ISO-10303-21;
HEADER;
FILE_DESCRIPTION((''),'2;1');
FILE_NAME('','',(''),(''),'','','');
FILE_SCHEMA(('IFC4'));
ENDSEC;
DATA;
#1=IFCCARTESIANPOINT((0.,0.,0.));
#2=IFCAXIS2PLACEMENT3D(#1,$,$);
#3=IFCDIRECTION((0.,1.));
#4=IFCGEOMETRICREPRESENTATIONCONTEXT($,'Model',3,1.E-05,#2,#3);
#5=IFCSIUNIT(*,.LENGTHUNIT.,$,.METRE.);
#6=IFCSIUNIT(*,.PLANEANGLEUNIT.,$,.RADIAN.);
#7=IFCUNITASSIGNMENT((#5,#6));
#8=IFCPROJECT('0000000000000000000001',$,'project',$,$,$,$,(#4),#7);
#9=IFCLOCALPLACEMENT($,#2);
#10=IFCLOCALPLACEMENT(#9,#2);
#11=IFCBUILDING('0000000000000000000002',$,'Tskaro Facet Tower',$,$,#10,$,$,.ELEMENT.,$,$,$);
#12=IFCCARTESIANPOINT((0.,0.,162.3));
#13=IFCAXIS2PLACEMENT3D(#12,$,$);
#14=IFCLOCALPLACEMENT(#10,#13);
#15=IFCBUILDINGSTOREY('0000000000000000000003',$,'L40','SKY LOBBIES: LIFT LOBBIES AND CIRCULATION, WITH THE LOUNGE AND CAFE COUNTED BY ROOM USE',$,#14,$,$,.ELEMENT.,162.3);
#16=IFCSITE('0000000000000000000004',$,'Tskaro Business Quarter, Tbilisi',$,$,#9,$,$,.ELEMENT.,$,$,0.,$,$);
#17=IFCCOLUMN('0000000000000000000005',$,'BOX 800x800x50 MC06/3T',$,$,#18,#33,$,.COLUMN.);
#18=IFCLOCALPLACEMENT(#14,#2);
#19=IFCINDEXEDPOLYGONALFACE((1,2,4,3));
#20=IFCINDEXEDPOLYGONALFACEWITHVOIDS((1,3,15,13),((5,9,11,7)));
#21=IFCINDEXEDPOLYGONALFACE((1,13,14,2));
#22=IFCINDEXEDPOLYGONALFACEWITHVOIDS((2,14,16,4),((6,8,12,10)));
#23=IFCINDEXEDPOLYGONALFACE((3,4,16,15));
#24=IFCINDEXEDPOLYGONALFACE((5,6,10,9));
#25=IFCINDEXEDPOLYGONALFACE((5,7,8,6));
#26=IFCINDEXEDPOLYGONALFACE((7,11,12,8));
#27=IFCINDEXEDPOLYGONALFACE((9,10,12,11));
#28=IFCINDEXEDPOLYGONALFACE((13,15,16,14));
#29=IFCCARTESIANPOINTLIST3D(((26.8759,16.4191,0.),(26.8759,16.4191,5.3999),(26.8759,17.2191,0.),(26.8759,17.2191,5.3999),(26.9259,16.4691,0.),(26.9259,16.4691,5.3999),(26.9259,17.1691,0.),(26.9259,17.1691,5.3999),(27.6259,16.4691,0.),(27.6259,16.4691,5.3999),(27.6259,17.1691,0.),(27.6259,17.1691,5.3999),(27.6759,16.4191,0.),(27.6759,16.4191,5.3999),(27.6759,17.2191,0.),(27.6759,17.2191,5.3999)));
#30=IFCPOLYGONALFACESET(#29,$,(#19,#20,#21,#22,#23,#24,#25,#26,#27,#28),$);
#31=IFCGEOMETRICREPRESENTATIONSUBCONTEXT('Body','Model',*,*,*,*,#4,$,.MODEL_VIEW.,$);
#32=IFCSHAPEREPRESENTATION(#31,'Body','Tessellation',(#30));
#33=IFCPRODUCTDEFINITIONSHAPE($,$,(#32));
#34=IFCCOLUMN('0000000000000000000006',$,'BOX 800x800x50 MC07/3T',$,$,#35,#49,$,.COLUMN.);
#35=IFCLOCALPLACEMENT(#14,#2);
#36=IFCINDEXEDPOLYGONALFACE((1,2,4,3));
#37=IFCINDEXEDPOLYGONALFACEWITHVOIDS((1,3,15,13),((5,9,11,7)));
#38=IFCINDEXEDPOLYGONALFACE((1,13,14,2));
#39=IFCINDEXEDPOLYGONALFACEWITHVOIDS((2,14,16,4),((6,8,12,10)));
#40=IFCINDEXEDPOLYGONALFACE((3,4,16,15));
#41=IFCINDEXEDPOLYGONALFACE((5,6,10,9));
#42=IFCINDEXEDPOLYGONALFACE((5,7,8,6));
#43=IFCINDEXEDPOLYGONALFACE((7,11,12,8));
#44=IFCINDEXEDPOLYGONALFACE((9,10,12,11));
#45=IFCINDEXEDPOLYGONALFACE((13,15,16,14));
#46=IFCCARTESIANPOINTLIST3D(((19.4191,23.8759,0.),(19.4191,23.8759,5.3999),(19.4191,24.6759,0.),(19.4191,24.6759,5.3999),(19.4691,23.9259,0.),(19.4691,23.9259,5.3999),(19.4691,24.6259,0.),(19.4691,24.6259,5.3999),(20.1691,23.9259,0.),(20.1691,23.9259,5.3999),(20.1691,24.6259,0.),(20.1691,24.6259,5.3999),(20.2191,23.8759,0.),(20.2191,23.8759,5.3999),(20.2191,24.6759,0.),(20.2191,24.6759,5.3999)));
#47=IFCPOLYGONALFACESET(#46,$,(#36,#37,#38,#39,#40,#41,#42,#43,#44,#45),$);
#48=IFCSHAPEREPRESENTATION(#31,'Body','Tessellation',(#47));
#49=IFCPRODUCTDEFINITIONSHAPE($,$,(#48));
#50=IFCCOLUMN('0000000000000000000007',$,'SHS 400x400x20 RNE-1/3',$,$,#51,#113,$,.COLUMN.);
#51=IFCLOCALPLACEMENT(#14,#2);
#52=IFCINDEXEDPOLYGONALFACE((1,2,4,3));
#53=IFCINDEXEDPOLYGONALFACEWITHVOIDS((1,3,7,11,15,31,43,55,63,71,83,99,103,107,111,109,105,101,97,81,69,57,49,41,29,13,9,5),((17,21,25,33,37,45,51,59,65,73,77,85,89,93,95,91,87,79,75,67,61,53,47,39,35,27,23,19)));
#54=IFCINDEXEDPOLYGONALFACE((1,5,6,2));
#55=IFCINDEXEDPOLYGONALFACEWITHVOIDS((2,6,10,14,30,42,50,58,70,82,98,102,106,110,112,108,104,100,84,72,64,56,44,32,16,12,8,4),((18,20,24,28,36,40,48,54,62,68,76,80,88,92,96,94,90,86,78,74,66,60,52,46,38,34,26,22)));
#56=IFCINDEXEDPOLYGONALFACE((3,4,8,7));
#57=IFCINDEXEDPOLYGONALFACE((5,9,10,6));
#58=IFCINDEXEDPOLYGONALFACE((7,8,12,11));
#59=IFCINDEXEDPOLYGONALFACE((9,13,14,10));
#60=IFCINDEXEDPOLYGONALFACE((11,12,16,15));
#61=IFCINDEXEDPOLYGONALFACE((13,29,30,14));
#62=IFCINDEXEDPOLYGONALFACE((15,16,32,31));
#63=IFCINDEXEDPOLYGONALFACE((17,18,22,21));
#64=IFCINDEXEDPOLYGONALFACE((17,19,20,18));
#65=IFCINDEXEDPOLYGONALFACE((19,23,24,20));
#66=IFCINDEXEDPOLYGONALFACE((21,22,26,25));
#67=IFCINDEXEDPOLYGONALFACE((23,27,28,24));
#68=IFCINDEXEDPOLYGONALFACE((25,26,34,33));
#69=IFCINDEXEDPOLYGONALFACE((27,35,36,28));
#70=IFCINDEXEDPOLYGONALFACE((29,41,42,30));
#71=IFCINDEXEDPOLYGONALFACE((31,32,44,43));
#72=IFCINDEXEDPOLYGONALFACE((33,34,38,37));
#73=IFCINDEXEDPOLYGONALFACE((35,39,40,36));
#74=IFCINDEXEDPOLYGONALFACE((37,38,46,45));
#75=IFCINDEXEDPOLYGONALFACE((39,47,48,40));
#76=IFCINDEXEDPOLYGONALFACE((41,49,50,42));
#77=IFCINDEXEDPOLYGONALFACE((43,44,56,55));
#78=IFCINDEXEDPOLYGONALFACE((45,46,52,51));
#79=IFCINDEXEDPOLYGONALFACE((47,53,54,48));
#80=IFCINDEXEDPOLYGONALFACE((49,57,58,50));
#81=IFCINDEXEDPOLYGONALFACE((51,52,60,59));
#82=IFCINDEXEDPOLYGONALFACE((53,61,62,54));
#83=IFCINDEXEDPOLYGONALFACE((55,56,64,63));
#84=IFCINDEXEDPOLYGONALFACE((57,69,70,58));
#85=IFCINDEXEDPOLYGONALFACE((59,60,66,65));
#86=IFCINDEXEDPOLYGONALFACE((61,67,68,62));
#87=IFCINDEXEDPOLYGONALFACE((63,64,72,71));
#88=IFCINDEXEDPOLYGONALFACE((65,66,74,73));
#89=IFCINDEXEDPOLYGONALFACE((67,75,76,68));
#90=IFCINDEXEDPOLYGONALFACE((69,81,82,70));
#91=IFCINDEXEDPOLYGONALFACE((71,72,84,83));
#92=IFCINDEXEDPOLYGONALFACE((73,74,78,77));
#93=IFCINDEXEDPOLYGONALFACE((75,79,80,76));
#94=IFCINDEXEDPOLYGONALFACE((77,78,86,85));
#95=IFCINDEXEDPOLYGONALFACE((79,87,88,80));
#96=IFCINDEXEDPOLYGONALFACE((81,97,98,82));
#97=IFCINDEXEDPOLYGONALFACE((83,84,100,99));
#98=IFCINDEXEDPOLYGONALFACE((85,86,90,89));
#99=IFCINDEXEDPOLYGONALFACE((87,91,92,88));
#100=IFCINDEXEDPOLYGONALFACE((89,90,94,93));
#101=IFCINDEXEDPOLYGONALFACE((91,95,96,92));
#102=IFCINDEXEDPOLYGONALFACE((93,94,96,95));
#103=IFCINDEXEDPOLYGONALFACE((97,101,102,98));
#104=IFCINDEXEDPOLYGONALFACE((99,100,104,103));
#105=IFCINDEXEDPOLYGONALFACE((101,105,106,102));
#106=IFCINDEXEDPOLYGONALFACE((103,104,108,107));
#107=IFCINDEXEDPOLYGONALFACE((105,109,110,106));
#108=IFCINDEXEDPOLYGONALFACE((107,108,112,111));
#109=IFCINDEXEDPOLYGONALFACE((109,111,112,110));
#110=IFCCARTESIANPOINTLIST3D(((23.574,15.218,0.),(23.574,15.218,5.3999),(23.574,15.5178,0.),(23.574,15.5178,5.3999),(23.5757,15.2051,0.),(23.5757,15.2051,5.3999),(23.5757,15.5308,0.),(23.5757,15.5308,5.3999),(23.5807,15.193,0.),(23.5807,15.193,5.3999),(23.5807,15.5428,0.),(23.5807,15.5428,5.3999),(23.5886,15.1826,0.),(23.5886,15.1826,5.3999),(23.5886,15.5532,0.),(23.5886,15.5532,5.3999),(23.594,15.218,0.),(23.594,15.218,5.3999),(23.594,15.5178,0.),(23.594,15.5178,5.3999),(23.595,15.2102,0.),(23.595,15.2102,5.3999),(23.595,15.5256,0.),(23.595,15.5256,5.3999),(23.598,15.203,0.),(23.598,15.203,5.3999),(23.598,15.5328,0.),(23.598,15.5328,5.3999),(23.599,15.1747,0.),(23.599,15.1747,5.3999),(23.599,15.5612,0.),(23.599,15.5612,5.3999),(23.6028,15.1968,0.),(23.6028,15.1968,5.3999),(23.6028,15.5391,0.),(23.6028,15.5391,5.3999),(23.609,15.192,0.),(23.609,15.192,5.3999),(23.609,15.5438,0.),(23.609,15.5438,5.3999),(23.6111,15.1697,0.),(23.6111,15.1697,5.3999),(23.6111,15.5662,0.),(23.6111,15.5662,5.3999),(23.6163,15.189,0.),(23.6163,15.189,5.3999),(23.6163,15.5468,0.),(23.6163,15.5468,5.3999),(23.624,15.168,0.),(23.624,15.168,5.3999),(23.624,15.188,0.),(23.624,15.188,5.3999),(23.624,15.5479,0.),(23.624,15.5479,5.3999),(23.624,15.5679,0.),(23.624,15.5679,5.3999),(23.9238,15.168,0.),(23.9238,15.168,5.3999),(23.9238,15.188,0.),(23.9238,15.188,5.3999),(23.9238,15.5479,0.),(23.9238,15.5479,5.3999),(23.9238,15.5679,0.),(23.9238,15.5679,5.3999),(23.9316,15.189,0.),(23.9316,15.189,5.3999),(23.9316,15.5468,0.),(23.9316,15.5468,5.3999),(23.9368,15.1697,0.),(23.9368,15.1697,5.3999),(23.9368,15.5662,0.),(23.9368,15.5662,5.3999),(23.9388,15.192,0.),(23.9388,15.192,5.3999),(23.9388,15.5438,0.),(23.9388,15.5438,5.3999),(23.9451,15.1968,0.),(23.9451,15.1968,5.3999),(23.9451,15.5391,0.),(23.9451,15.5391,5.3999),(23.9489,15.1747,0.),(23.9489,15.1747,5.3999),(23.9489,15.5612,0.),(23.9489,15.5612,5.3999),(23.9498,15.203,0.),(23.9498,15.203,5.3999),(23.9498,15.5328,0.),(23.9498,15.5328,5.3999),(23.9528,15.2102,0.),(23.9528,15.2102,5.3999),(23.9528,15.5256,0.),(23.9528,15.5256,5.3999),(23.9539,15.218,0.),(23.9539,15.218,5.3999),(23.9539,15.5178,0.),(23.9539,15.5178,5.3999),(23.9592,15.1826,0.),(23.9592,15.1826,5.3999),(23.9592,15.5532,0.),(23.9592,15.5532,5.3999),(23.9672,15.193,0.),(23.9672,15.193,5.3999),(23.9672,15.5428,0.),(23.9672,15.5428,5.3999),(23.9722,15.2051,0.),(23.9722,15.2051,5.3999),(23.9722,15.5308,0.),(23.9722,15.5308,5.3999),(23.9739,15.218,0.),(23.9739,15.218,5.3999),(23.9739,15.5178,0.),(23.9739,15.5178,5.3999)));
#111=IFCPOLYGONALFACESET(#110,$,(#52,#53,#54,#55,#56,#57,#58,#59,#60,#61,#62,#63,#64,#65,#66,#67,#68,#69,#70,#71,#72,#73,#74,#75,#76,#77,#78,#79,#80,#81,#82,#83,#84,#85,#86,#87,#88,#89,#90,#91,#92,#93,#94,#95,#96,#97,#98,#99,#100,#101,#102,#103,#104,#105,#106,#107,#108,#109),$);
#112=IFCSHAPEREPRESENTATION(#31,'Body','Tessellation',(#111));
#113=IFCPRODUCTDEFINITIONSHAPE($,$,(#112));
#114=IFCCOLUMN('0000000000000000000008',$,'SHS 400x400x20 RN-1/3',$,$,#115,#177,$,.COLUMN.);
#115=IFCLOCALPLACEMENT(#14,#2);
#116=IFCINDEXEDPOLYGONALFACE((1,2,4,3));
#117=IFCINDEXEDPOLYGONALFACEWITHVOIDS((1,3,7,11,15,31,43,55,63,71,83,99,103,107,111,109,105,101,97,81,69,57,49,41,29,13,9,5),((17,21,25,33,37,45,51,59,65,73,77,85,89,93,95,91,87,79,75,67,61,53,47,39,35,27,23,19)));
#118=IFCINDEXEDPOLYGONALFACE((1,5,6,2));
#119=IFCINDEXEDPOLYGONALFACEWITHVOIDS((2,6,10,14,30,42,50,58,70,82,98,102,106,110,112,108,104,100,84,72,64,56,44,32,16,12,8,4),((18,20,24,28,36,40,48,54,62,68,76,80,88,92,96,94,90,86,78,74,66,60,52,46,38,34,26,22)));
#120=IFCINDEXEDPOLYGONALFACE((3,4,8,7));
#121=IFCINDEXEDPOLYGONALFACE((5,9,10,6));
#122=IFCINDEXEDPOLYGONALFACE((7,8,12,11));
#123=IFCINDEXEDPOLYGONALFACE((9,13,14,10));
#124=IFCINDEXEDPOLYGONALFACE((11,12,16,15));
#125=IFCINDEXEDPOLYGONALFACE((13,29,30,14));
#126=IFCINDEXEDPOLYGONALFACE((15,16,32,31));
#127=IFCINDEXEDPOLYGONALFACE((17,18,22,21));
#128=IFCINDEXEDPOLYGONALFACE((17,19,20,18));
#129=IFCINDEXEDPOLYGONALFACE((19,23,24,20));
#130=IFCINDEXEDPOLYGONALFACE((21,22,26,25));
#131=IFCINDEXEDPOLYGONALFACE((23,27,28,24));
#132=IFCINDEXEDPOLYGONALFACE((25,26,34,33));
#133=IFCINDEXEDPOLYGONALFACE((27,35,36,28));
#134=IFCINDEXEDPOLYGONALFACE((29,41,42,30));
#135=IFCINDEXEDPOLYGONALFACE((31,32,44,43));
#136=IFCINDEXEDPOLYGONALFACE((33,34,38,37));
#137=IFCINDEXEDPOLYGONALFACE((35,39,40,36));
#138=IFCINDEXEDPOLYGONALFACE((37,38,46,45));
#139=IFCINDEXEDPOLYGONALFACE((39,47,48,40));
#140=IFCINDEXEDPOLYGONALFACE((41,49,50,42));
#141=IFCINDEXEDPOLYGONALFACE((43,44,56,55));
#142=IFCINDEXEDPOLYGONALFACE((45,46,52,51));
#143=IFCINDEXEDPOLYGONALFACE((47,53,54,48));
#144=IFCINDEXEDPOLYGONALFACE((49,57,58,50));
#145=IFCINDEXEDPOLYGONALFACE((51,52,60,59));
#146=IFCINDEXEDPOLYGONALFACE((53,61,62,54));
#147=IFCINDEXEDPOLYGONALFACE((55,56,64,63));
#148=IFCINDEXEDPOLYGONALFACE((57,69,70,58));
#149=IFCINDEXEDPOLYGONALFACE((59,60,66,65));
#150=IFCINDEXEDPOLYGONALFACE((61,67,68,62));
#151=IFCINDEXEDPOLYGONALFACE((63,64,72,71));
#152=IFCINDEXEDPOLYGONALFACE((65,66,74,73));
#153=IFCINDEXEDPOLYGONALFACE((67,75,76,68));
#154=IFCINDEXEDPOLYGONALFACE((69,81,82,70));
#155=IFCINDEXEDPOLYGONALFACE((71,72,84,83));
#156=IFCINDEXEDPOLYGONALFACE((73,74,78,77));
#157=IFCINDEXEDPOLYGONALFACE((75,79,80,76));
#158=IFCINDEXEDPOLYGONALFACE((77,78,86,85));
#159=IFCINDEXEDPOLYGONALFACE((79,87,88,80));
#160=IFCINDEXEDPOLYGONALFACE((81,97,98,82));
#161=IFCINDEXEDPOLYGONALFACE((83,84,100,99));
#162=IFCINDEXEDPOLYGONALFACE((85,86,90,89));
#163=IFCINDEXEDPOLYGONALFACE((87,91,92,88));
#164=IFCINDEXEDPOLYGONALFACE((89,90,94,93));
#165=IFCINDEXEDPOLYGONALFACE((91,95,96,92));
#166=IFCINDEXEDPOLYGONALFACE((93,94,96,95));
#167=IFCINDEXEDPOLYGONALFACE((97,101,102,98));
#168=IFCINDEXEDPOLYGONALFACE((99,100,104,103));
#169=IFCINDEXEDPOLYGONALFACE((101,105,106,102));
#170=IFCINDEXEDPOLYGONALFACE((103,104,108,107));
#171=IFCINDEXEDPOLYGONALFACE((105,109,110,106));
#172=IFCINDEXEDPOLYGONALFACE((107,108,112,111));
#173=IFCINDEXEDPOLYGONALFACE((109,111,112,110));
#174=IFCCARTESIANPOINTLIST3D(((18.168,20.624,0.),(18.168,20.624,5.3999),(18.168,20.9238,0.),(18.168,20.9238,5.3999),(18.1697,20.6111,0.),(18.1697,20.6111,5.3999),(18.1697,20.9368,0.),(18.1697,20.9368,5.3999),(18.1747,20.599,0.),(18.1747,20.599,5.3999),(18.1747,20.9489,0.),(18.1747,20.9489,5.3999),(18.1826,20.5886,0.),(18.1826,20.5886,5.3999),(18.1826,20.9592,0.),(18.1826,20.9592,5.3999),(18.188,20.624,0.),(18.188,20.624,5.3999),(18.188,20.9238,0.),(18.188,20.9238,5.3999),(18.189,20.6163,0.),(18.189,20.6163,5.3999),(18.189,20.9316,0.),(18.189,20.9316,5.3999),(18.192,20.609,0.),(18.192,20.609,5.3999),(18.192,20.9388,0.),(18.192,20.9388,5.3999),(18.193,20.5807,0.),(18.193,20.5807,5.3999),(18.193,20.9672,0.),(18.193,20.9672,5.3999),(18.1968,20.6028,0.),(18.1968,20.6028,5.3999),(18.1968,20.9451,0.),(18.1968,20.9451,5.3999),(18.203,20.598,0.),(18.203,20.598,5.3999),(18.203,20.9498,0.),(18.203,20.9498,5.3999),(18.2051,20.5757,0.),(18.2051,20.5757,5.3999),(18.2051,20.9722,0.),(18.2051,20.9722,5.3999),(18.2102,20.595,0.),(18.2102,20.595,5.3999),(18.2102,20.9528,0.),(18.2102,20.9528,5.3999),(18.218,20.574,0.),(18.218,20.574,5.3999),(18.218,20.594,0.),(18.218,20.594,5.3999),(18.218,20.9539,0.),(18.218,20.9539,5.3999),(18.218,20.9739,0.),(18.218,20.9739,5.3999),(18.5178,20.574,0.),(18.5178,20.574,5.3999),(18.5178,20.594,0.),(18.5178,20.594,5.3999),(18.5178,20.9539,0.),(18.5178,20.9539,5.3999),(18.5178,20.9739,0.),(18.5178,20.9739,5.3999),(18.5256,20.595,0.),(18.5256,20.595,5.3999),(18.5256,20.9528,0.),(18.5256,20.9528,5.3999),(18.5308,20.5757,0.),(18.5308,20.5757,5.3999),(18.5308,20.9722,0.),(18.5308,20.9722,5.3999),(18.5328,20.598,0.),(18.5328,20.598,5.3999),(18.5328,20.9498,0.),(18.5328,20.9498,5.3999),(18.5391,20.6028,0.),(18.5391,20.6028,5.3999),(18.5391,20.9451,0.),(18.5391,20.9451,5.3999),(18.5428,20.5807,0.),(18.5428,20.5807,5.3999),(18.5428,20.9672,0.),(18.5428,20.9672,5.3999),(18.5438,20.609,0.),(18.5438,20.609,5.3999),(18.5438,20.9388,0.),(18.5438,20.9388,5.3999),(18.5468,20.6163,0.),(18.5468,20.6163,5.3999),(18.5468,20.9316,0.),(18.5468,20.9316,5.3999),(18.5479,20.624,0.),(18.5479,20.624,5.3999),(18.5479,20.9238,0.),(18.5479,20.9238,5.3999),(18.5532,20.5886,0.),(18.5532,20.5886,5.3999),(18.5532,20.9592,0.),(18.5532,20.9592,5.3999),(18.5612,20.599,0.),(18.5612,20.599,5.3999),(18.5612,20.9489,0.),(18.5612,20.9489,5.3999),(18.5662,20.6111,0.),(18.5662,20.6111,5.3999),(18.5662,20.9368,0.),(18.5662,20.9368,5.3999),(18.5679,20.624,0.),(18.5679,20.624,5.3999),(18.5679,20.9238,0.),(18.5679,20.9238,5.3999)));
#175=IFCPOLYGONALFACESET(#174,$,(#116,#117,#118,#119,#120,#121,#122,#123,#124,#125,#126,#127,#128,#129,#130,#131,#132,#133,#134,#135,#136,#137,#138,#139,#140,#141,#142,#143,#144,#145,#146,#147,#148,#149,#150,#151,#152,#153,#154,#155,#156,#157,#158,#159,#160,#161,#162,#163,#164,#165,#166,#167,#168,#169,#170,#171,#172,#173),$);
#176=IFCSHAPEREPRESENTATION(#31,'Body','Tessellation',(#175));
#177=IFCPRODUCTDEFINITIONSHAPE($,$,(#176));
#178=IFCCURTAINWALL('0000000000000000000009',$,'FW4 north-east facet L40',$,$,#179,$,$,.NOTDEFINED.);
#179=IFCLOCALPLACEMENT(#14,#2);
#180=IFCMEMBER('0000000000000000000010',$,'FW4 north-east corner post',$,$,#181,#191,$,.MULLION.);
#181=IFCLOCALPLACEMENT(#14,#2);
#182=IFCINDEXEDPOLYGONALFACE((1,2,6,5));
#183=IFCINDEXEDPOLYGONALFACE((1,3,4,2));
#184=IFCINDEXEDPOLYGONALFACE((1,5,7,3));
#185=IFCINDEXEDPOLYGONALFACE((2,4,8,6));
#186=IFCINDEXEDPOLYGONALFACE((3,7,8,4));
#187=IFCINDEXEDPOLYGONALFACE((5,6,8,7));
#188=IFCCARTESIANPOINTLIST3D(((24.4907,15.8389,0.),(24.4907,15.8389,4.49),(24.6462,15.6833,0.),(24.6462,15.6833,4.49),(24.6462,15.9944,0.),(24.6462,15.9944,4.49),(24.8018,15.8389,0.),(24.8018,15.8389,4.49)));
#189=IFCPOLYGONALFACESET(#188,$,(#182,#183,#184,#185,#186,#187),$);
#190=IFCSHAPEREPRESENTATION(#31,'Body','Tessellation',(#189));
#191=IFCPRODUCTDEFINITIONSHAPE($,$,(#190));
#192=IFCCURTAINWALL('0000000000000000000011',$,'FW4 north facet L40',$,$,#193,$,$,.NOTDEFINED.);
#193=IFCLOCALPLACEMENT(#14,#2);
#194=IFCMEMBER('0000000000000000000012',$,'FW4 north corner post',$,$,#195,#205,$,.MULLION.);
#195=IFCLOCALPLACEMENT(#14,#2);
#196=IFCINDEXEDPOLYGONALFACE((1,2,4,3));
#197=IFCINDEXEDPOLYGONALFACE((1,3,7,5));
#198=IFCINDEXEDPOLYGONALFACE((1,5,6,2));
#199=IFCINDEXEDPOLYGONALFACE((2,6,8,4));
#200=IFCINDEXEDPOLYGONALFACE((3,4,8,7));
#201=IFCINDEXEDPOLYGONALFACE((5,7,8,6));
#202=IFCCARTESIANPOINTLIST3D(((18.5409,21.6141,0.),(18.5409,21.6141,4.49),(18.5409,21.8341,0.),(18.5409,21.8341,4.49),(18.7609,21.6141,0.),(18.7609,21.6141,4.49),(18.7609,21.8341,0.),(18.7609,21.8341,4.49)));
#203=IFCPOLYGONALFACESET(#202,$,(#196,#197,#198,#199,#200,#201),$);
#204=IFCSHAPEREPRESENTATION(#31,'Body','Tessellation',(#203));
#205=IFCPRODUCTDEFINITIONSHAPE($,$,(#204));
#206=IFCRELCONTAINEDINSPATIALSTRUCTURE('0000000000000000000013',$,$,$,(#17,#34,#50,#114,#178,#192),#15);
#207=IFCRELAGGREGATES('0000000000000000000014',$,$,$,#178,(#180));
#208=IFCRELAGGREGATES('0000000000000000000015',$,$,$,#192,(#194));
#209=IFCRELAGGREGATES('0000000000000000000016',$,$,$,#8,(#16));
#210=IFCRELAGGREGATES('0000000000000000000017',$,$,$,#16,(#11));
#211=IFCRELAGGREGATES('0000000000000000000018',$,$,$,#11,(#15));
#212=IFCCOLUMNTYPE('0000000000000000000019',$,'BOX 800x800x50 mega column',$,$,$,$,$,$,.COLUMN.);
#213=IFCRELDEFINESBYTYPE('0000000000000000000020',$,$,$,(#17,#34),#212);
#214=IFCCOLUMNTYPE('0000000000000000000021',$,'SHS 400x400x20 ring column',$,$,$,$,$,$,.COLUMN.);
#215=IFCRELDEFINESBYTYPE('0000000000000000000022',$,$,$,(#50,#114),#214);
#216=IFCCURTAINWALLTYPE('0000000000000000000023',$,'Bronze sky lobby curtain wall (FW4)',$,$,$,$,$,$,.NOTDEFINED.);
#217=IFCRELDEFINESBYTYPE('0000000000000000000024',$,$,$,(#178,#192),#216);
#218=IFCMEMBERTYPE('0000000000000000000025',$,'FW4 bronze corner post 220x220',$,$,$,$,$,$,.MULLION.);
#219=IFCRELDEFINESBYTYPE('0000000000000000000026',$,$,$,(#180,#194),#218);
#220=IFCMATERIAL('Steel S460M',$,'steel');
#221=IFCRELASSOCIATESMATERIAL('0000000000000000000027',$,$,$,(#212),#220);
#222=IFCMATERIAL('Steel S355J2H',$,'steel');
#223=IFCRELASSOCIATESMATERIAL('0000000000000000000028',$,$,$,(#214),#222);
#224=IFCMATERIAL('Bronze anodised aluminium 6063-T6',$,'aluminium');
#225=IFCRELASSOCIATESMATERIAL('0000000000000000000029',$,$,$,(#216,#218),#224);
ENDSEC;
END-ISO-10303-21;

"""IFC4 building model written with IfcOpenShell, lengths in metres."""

from ifc_helpers import new_model, si_unit, direction, frame, origin, origin_2d, place, context, subcontext, project, spatial, rectangle, hollow_rectangle, extrude, material, material_profile, profile_set, type_object, element, aggregate, save


model = new_model("IFC4")

# Units and contexts
model_context = context("Model", 3, precision=1e-05, world=origin(), true_north=direction((0.0, 1.0)))
body_context = subcontext(model_context, "Body", "Model", "MODEL_VIEW")
ifc_project = project(units=[si_unit("LENGTHUNIT", "METRE"), si_unit("PLANEANGLEUNIT", "RADIAN")], contexts=[model_context])

# Site, building, storey
site_placement = place(None, origin())
site = spatial("IfcSite", under=ifc_project, at=site_placement, Name="Tskaro Business Quarter, Tbilisi", CompositionType="ELEMENT", RefElevation=0.0)
building_placement = place(site_placement, origin())
building = spatial("IfcBuilding", under=site, at=building_placement, Name="Tskaro Facet Tower", CompositionType="ELEMENT")
storey_placement = place(building_placement, frame((0.0, 0.0, 162.3)))
storey = spatial("IfcBuildingStorey", under=building, at=storey_placement, Name="L40", Description="SKY LOBBIES: LIFT LOBBIES AND CIRCULATION, WITH THE LOUNGE AND CAFE COUNTED BY ROOM USE", CompositionType="ELEMENT", Elevation=162.3)

# Columns
ifc_material_1 = material(Name="Steel S460M", Category="steel")
ifc_material_profile_1 = material_profile(ifc_material_1, hollow_rectangle(XDim=0.8, YDim=0.8, WallThickness=0.05, at=origin_2d()), Name="BOX 800x800x50")
ifc_profile_set_1 = profile_set([ifc_material_profile_1], Name="Steel S460M")
column_type_1 = type_object("IfcColumnType", Name="BOX 800x800x50 mega column", PredefinedType="COLUMN", material=ifc_profile_set_1)
for number, where, z_axis, x_axis, name in (
    (1, (27.2759, 16.8191, 0.0), (0.0, 0.0, 1.0), (1.0, 0.0, 0.0), "BOX 800x800x50 MC06/3T"),
    (2, (19.8191, 24.2759, 0.0), (0.0, 0.0, 1.0), (1.0, 0.0, 0.0), "BOX 800x800x50 MC07/3T"),
):
    element("IfcColumn", number, at=place(storey_placement, frame(where, z_axis=z_axis, x_axis=x_axis)), inside=storey, type_object=column_type_1, Name=name, PredefinedType="COLUMN", context=body_context, shape_type="SweptSolid", body=[
        extrude(hollow_rectangle(XDim=0.8, YDim=0.8, WallThickness=0.05, at=origin_2d()), origin(), (0.0, 0.0, 1.0), 5.3999),
    ])
ifc_material_2 = material(Name="Steel S355J2H", Category="steel")
ifc_material_profile_2 = material_profile(ifc_material_2, hollow_rectangle(XDim=0.3999, YDim=0.3999, WallThickness=0.02, InnerFilletRadius=0.03, OuterFilletRadius=0.05, at=origin_2d()), Name="SHS 400x400x20")
ifc_profile_set_2 = profile_set([ifc_material_profile_2], Name="Steel S355J2H")
column_type_2 = type_object("IfcColumnType", Name="SHS 400x400x20 ring column", PredefinedType="COLUMN", material=ifc_profile_set_2)
for number, where, z_axis, x_axis, name in (
    (3, (23.7739, 15.3679, 0.0), (0.0, 0.0, 1.0), (1.0, 0.0, 0.0), "SHS 400x400x20 RNE-1/3"),
    (4, (18.3679, 20.7739, 0.0), (0.0, 0.0, 1.0), (1.0, 0.0, 0.0), "SHS 400x400x20 RN-1/3"),
):
    element("IfcColumn", number, at=place(storey_placement, frame(where, z_axis=z_axis, x_axis=x_axis)), inside=storey, type_object=column_type_2, Name=name, PredefinedType="COLUMN", context=body_context, shape_type="SweptSolid", body=[
        extrude(hollow_rectangle(XDim=0.3999, YDim=0.3999, WallThickness=0.02, InnerFilletRadius=0.03, OuterFilletRadius=0.05, at=origin_2d()), origin(), (0.0, 0.0, 1.0), 5.3999),
    ])

# Curtain walls, members
ifc_material_3 = material(Name="Bronze anodised aluminium 6063-T6", Category="aluminium")
curtain_wall_type = type_object("IfcCurtainWallType", Name="Bronze sky lobby curtain wall (FW4)", PredefinedType="NOTDEFINED", material=ifc_material_3)
curtain_wall_1_placement = place(storey_placement, origin())
curtain_wall_1 = element("IfcCurtainWall", 5, at=curtain_wall_1_placement, inside=storey, type_object=curtain_wall_type, Name="FW4 north-east facet L40", PredefinedType="NOTDEFINED")
ifc_material_profile_3 = material_profile(ifc_material_3, rectangle(XDim=0.22, YDim=0.22, at=origin_2d()), Name="Corner post 220x220")
ifc_profile_set_3 = profile_set([ifc_material_profile_3], Name="Bronze anodised aluminium 6063-T6")
member_type_1 = type_object("IfcMemberType", Name="FW4 bronze corner post 220x220", PredefinedType="MULLION", material=ifc_profile_set_3)
member_1_placement = place(storey_placement, frame((24.6462, 15.8389, 0.0), z_axis=(0.0, 0.0, 1.0), x_axis=(-0.707107, 0.707107, 0.0)))
member_1 = element("IfcMember", 6, at=member_1_placement, type_object=member_type_1, Name="FW4 north-east corner post", PredefinedType="MULLION", context=body_context, shape_type="SweptSolid", body=[
    extrude(rectangle(XDim=0.22, YDim=0.22, at=origin_2d()), origin(), (0.0, 0.0, 1.0), 4.49),
])
curtain_wall_2_placement = place(storey_placement, origin())
curtain_wall_2 = element("IfcCurtainWall", 7, at=curtain_wall_2_placement, inside=storey, type_object=curtain_wall_type, Name="FW4 north facet L40", PredefinedType="NOTDEFINED")
member_2_placement = place(storey_placement, frame((18.6509, 21.7241, 0.0), z_axis=(0.0, 0.0, 1.0), x_axis=(-1.0, 0.0, 0.0)))
member_2 = element("IfcMember", 8, at=member_2_placement, type_object=member_type_1, Name="FW4 north corner post", PredefinedType="MULLION", context=body_context, shape_type="SweptSolid", body=[
    extrude(rectangle(XDim=0.22, YDim=0.22, at=origin_2d()), origin(), (0.0, 0.0, 1.0), 4.49),
])

aggregate(curtain_wall_1, [member_1])
aggregate(curtain_wall_2, [member_2])

save(model, "model.ifc")
